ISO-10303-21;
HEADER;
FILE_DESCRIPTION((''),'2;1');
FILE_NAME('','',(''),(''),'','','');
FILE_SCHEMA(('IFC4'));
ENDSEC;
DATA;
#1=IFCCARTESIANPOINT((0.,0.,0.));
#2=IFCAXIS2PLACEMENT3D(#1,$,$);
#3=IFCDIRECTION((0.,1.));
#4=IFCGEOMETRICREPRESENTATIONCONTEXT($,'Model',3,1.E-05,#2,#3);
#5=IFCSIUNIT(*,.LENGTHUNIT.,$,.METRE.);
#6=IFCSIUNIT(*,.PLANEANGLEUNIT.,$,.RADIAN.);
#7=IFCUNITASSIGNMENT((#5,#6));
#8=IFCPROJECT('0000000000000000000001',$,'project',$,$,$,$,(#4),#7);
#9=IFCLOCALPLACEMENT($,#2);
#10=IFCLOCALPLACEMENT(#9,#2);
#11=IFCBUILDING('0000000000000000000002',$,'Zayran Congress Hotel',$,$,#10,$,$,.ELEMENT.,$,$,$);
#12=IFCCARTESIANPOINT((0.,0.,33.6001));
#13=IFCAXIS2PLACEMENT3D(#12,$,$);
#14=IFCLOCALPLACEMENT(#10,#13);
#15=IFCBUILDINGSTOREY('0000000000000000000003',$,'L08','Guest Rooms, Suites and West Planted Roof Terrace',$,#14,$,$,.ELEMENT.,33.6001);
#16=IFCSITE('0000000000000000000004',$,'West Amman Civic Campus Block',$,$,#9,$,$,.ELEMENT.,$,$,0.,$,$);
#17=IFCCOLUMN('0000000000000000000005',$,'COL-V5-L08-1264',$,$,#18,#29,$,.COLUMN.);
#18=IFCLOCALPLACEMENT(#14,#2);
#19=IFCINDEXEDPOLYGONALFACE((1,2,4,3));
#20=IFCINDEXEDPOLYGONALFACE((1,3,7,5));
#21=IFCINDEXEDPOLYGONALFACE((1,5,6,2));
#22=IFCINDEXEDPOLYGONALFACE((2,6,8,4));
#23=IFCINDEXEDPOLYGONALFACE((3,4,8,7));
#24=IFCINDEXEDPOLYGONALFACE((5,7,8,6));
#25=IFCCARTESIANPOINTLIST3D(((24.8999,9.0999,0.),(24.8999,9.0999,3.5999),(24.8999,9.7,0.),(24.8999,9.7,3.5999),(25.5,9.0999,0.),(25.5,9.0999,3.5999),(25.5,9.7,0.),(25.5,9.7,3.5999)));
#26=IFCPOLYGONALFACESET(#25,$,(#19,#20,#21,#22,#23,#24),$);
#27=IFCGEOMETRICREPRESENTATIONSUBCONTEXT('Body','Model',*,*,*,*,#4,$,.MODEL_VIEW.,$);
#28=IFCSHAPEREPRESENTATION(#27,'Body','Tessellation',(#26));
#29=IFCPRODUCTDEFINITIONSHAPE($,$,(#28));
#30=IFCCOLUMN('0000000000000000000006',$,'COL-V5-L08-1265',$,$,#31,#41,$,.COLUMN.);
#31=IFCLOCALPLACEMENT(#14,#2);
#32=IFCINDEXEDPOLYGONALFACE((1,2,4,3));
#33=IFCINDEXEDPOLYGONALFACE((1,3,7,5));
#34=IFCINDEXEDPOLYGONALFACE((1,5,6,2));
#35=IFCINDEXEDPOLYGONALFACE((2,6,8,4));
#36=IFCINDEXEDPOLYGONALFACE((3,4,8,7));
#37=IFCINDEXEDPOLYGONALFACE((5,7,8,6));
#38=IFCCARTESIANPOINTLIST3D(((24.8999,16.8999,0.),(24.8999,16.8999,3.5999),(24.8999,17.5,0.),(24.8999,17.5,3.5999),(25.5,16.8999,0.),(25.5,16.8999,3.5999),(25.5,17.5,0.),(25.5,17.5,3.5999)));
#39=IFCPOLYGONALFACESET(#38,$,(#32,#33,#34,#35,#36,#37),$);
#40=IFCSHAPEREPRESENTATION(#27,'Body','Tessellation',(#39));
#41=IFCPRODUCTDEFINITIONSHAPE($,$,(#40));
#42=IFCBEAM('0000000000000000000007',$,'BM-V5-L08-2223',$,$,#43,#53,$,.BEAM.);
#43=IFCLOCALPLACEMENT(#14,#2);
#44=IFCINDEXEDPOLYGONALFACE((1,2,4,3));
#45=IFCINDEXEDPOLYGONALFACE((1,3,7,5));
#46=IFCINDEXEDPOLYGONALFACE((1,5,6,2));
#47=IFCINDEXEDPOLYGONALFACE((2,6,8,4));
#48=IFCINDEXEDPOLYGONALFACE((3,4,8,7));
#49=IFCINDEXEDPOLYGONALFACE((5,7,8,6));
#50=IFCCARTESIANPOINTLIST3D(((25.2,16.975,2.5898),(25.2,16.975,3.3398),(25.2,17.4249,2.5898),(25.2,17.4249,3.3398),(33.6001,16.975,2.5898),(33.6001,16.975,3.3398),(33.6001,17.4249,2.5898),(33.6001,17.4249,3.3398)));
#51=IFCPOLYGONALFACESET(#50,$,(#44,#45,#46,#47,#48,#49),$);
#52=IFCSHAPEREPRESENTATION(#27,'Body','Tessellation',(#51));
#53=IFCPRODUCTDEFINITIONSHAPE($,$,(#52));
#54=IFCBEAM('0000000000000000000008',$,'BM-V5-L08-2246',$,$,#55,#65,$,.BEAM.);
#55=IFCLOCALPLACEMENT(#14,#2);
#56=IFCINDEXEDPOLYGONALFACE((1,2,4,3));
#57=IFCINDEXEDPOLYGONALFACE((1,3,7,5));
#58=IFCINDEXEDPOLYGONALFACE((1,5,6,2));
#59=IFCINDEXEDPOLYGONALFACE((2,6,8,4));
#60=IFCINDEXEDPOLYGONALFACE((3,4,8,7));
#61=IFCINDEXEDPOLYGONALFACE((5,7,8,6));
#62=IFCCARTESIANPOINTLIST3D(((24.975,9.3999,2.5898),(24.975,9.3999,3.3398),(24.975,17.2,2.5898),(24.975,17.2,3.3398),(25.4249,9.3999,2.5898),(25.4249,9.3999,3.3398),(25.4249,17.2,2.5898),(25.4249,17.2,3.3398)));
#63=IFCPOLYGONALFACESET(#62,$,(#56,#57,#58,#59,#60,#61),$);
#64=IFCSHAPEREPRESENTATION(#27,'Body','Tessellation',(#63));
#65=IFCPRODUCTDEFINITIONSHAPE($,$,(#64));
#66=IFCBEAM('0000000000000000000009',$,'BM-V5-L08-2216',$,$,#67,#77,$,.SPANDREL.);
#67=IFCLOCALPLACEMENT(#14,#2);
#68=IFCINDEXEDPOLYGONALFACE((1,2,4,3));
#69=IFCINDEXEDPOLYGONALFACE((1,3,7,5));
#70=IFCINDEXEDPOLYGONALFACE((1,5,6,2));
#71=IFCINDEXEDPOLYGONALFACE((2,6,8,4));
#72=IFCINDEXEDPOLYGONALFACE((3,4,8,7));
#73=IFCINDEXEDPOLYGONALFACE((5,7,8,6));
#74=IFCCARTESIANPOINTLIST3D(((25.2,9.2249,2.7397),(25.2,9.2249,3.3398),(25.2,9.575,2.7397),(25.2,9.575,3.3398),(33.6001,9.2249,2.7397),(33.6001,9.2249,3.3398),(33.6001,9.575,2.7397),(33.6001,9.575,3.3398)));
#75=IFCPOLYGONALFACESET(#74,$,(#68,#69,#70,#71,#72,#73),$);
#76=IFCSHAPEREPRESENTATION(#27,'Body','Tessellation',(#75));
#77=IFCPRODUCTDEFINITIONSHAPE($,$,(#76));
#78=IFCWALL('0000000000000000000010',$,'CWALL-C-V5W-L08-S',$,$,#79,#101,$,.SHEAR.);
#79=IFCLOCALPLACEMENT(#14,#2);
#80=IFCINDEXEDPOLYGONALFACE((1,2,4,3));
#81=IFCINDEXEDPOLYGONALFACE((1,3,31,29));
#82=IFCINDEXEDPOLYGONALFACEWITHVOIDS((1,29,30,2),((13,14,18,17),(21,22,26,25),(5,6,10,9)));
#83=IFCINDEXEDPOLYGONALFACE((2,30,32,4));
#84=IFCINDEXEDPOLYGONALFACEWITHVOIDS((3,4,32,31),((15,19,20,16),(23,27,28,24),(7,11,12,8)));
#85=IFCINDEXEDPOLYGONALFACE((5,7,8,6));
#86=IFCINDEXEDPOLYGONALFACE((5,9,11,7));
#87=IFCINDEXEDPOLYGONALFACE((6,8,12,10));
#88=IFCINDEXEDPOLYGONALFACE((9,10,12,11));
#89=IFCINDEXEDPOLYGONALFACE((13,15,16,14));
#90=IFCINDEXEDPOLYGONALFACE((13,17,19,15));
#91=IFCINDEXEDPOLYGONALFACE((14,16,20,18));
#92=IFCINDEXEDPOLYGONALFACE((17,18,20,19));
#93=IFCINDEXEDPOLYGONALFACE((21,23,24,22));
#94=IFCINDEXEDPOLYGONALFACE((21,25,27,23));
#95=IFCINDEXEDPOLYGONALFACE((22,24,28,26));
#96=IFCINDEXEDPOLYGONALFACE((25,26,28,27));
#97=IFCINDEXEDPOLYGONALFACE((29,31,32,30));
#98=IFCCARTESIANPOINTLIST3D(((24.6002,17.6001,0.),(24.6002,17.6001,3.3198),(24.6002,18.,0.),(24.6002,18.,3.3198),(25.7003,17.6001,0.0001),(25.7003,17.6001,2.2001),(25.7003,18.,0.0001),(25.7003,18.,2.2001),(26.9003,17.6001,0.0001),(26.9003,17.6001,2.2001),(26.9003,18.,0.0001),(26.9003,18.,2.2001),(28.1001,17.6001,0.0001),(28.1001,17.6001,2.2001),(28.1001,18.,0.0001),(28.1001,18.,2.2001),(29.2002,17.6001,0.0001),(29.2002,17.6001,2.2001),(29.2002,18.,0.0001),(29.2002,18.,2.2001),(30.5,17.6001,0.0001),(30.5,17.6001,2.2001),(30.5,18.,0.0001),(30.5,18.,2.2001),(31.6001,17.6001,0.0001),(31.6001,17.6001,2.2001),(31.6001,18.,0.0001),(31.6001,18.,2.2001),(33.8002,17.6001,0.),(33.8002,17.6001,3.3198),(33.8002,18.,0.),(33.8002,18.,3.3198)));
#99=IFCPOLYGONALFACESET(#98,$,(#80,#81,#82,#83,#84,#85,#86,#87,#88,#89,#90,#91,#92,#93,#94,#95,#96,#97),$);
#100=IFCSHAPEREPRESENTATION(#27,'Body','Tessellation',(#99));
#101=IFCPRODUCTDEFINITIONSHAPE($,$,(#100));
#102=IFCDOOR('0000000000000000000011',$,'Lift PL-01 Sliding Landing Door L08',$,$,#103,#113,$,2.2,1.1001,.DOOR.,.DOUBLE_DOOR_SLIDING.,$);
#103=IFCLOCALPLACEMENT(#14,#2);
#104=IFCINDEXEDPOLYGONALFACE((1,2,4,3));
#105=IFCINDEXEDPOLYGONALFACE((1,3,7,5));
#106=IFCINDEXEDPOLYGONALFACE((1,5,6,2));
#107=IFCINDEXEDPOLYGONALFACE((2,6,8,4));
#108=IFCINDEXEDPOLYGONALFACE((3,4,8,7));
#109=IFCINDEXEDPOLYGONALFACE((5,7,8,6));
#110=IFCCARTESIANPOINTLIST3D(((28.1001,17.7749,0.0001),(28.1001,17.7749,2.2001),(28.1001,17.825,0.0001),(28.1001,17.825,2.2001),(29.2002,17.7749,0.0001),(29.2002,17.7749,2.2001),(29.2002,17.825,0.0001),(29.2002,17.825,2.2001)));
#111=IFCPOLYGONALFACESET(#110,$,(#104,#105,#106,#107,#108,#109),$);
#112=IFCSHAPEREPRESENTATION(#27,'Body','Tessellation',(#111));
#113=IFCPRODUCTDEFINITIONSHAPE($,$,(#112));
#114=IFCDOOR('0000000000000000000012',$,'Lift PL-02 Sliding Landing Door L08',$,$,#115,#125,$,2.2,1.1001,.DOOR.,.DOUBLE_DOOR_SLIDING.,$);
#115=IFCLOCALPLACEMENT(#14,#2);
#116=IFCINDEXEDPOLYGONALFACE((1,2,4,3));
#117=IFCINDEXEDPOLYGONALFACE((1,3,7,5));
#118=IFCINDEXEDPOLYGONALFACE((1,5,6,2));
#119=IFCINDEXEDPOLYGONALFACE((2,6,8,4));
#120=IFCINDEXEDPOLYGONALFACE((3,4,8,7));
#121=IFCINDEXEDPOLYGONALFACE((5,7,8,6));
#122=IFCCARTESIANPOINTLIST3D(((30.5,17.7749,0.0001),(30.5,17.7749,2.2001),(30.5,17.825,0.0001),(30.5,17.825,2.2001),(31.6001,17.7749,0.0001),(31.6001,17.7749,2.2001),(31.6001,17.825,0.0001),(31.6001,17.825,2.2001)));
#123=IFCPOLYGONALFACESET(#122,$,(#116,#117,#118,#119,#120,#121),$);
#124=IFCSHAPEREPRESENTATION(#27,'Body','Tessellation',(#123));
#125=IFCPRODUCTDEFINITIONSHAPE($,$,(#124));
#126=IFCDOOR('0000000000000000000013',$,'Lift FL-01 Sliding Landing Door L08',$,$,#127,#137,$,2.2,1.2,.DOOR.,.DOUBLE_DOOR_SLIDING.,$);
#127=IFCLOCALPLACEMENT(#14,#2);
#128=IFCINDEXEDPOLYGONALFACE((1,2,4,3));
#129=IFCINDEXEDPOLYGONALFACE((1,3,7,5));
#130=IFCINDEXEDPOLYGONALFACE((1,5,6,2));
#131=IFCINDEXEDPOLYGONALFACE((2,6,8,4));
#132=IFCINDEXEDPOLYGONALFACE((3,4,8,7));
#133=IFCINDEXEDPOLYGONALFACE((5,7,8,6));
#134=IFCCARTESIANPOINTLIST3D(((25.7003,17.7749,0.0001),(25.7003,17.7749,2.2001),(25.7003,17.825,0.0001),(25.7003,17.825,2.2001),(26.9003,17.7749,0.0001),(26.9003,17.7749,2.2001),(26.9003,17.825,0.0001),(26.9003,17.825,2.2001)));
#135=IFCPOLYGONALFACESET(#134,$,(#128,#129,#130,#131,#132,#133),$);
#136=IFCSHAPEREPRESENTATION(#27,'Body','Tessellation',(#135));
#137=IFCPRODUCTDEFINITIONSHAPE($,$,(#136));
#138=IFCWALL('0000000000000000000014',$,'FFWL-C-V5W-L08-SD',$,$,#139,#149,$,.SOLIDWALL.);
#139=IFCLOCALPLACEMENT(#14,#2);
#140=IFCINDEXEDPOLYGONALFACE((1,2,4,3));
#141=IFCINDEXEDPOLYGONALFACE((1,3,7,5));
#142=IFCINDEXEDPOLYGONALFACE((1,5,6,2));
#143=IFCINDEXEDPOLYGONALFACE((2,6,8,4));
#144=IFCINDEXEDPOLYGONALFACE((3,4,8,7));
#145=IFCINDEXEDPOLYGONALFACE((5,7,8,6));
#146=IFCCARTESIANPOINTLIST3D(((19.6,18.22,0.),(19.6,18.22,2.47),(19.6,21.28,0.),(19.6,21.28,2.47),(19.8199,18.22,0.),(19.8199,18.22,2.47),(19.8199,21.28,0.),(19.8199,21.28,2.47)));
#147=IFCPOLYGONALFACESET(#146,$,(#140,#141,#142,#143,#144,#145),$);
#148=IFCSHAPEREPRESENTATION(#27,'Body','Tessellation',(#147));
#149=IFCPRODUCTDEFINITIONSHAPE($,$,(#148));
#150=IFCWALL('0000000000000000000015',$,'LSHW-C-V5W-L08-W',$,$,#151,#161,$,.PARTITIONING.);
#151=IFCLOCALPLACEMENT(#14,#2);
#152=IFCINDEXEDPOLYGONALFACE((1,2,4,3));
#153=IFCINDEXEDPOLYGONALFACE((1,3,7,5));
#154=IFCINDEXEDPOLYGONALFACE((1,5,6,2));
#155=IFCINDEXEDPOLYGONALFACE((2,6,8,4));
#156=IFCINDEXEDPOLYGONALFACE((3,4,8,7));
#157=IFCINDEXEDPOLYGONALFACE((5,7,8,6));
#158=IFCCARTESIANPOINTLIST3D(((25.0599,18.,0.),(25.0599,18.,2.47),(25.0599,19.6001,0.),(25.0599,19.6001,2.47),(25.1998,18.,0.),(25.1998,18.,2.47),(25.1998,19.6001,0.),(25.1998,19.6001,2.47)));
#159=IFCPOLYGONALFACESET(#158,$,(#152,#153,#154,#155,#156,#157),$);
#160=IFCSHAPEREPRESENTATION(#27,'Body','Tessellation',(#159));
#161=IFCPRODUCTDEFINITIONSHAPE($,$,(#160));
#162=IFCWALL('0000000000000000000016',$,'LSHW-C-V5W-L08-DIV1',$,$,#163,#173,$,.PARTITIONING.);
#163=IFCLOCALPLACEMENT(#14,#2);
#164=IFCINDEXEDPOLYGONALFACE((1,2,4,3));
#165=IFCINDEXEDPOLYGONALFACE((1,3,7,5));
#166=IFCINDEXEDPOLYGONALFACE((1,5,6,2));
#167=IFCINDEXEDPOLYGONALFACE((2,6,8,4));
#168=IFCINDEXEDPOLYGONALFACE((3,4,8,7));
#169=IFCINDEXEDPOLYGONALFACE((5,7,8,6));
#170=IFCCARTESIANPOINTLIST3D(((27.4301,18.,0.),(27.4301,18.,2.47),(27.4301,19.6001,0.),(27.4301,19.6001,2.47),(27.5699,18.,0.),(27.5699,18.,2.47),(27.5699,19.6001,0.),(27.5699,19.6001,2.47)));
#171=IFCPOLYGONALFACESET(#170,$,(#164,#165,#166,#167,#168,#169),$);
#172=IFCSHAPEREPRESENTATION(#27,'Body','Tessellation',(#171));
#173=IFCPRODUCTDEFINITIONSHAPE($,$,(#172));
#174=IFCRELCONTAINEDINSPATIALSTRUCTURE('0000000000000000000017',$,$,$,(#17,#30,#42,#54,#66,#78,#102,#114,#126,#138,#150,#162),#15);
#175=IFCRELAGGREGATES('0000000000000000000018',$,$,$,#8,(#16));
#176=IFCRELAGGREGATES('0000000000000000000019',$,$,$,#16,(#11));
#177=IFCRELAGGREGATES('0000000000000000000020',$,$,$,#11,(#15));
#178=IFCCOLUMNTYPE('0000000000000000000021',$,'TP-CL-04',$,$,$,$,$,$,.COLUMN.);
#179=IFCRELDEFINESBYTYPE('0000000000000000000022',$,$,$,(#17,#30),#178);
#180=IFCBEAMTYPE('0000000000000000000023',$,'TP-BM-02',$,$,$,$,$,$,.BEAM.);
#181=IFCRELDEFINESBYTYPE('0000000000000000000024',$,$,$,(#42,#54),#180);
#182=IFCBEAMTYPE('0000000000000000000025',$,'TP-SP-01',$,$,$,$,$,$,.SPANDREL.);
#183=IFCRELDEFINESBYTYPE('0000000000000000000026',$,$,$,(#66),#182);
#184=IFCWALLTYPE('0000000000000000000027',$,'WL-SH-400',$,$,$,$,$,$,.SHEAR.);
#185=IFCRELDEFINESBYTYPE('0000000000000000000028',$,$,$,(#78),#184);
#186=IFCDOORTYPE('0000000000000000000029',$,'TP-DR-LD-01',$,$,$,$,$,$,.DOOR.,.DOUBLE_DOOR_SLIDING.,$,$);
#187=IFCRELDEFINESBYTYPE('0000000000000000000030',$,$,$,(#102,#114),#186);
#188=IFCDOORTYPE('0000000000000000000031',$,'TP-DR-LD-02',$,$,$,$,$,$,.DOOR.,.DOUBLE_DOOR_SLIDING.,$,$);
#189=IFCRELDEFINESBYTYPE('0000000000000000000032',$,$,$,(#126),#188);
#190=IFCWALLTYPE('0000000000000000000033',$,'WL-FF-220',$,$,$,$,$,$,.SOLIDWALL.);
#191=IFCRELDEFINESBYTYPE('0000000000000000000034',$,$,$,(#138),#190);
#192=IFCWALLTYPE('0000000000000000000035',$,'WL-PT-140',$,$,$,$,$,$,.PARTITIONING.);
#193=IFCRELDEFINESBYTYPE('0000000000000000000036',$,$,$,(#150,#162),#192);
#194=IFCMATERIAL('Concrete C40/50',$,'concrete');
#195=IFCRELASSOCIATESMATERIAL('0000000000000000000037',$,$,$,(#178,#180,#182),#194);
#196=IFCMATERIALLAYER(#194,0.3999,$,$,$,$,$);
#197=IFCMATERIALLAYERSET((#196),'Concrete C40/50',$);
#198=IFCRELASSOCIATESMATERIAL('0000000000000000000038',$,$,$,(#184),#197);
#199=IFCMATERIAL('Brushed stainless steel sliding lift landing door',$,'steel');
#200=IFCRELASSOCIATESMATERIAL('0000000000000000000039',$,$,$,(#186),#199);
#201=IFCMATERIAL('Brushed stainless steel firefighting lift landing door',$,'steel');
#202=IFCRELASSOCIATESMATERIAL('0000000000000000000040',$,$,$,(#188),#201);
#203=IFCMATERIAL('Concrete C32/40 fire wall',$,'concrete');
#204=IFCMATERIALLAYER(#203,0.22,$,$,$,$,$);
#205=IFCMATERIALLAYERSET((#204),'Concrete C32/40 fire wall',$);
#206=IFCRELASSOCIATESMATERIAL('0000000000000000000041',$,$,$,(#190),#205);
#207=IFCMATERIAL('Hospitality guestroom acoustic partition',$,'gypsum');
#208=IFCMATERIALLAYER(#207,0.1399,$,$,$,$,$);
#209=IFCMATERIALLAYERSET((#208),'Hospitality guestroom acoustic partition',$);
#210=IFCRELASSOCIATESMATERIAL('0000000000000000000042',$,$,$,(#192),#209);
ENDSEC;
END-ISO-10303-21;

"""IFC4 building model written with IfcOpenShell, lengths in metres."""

from ifc_helpers import new_model, si_unit, direction, frame, frame_2d, origin, origin_2d, place, context, subcontext, project, spatial, rectangle, extrude, material, layer, layer_set, material_profile, profile_set, type_object, element, fill, save


model = new_model("IFC4")

# Units and contexts
model_context = context("Model", 3, precision=1e-05, world=origin(), true_north=direction((0.0, 1.0)))
body_context = subcontext(model_context, "Body", "Model", "MODEL_VIEW")
ifc_project = project(units=[si_unit("LENGTHUNIT", "METRE"), si_unit("PLANEANGLEUNIT", "RADIAN")], contexts=[model_context])

# Site, building, storey
site_placement = place(None, origin())
site = spatial("IfcSite", under=ifc_project, at=site_placement, Name="West Amman Civic Campus Block", CompositionType="ELEMENT", RefElevation=0.0)
building_placement = place(site_placement, origin())
building = spatial("IfcBuilding", under=site, at=building_placement, Name="Zayran Congress Hotel", CompositionType="ELEMENT")
storey_placement = place(building_placement, frame((0.0, 0.0, 33.6001)))
storey = spatial("IfcBuildingStorey", under=building, at=storey_placement, Name="L08", Description="Guest Rooms, Suites and West Planted Roof Terrace", CompositionType="ELEMENT", Elevation=33.6001)

# Columns
ifc_material_1 = material(Name="Concrete C40/50", Category="concrete")
ifc_material_profile_1 = material_profile(ifc_material_1, rectangle(XDim=0.6001, YDim=0.6001, at=origin_2d()), Name="RC 600x600")
ifc_profile_set_1 = profile_set([ifc_material_profile_1], Name="Concrete C40/50")
column_type = type_object("IfcColumnType", Name="TP-CL-04", PredefinedType="COLUMN", material=ifc_profile_set_1)
for number, where, z_axis, x_axis, name in (
    (1, (25.2, 9.3999, 0.0), (0.0, 0.0, 1.0), (1.0, 0.0, 0.0), "COL-V5-L08-1264"),
    (2, (25.2, 17.2, 0.0), (0.0, 0.0, 1.0), (1.0, 0.0, 0.0), "COL-V5-L08-1265"),
):
    element("IfcColumn", number, at=place(storey_placement, frame(where, z_axis=z_axis, x_axis=x_axis)), inside=storey, type_object=column_type, Name=name, PredefinedType="COLUMN", context=body_context, shape_type="SweptSolid", body=[
        extrude(rectangle(XDim=0.6001, YDim=0.6001, at=origin_2d()), origin(), (0.0, 0.0, 1.0), 3.5999),
    ])

# Beams
ifc_material_profile_2 = material_profile(ifc_material_1, rectangle(XDim=0.45, YDim=0.75, at=origin_2d()), Name="RC 450x750")
ifc_profile_set_2 = profile_set([ifc_material_profile_2], Name="Concrete C40/50")
beam_type_1 = type_object("IfcBeamType", Name="TP-BM-02", PredefinedType="BEAM", material=ifc_profile_set_2)
beam_1_placement = place(storey_placement, frame((25.2, 17.2, 2.9648), z_axis=(1.0, 0.0, 0.0), x_axis=(0.0, 1.0, 0.0)))
element("IfcBeam", 3, at=beam_1_placement, inside=storey, type_object=beam_type_1, Name="BM-V5-L08-2223", PredefinedType="BEAM", context=body_context, shape_type="SweptSolid", body=[
    extrude(rectangle(XDim=0.45, YDim=0.75, at=origin_2d()), origin(), (0.0, 0.0, 1.0), 8.4001),
])
beam_2_placement = place(storey_placement, frame((25.2, 9.3999, 2.9648), z_axis=(0.0, 1.0, 0.0), x_axis=(-1.0, 0.0, 0.0)))
element("IfcBeam", 4, at=beam_2_placement, inside=storey, type_object=beam_type_1, Name="BM-V5-L08-2246", PredefinedType="BEAM", context=body_context, shape_type="SweptSolid", body=[
    extrude(rectangle(XDim=0.45, YDim=0.75, at=origin_2d()), origin(), (0.0, 0.0, 1.0), 7.8),
])
ifc_material_profile_3 = material_profile(ifc_material_1, rectangle(XDim=0.3501, YDim=0.6001, at=origin_2d()), Name="RC 350x600")
ifc_profile_set_3 = profile_set([ifc_material_profile_3], Name="Concrete C40/50")
beam_type_2 = type_object("IfcBeamType", Name="TP-SP-01", PredefinedType="SPANDREL", material=ifc_profile_set_3)
beam_3_placement = place(storey_placement, frame((25.2, 9.3999, 3.0398), z_axis=(1.0, 0.0, 0.0), x_axis=(0.0, 1.0, 0.0)))
element("IfcBeam", 5, at=beam_3_placement, inside=storey, type_object=beam_type_2, Name="BM-V5-L08-2216", PredefinedType="SPANDREL", context=body_context, shape_type="SweptSolid", body=[
    extrude(rectangle(XDim=0.3501, YDim=0.6001, at=origin_2d()), origin(), (0.0, 0.0, 1.0), 8.4001),
])

# Wall, openings, doors
ifc_layer_1 = layer(ifc_material_1, 0.3999)
ifc_layer_set_1 = layer_set([ifc_layer_1], Name="Concrete C40/50")
wall_type_1 = type_object("IfcWallType", Name="WL-SH-400", PredefinedType="SHEAR", material=ifc_layer_set_1)
wall_1_placement = place(storey_placement, frame((24.6001, 17.8, 0.0), z_axis=(0.0, 0.0, 1.0), x_axis=(1.0, 0.0, 0.0)))
wall_1 = element("IfcWall", 6, at=wall_1_placement, inside=storey, type_object=wall_type_1, Name="CWALL-C-V5W-L08-S", PredefinedType="SHEAR", context=body_context, shape_type="SweptSolid", body=[
    extrude(rectangle(XDim=9.2, YDim=0.3999, at=frame_2d((4.6001, 0.0))), origin(), (0.0, 0.0, 1.0), 3.3198),
])
opening_1_placement = place(wall_1_placement, frame((1.1001, 0.0, 0.0)))
opening_1 = element("IfcOpeningElement", 7, at=opening_1_placement, cuts=wall_1, PredefinedType="OPENING", context=body_context, shape_type="SweptSolid", body=[
    extrude(rectangle(XDim=1.2, YDim=2.2, at=frame_2d((0.6001, 1.1001))), frame((0.0, 0.21, 0.0), z_axis=(0.0, -1.0, 0.0), x_axis=(1.0, 0.0, 0.0)), (0.0, 0.0, 1.0), 0.4199),
])
opening_2_placement = place(wall_1_placement, frame((3.5, 0.0, 0.0)))
opening_2 = element("IfcOpeningElement", 8, at=opening_2_placement, cuts=wall_1, PredefinedType="OPENING", context=body_context, shape_type="SweptSolid", body=[
    extrude(rectangle(XDim=1.1001, YDim=2.2, at=frame_2d((0.55, 1.1001))), frame((0.0, 0.21, 0.0), z_axis=(0.0, -1.0, 0.0), x_axis=(1.0, 0.0, 0.0)), (0.0, 0.0, 1.0), 0.4199),
])
opening_3_placement = place(wall_1_placement, frame((5.8999, 0.0, 0.0)))
opening_3 = element("IfcOpeningElement", 9, at=opening_3_placement, cuts=wall_1, PredefinedType="OPENING", context=body_context, shape_type="SweptSolid", body=[
    extrude(rectangle(XDim=1.1001, YDim=2.2, at=frame_2d((0.55, 1.1001))), frame((0.0, 0.21, 0.0), z_axis=(0.0, -1.0, 0.0), x_axis=(1.0, 0.0, 0.0)), (0.0, 0.0, 1.0), 0.4199),
])
ifc_material_2 = material(Name="Brushed stainless steel sliding lift landing door", Category="steel")
door_type_1 = type_object("IfcDoorType", Name="TP-DR-LD-01", OperationType="DOUBLE_DOOR_SLIDING", PredefinedType="DOOR", material=ifc_material_2)
door_1_placement = place(opening_2_placement, origin())
door_1 = element("IfcDoor", 10, at=door_1_placement, inside=storey, type_object=door_type_1, Name="Lift PL-01 Sliding Landing Door L08", OperationType="DOUBLE_DOOR_SLIDING", OverallHeight=2.2, OverallWidth=1.1001, PredefinedType="DOOR", context=body_context, shape_type="SweptSolid", body=[
    extrude(rectangle(XDim=1.1001, YDim=2.2, at=frame_2d((0.55, 1.1001))), frame((0.0, 0.0249, 0.0), z_axis=(0.0, -1.0, 0.0), x_axis=(1.0, 0.0, 0.0)), (0.0, 0.0, 1.0), 0.05),
])
fill(opening_2, door_1)
door_2_placement = place(opening_3_placement, origin())
door_2 = element("IfcDoor", 11, at=door_2_placement, inside=storey, type_object=door_type_1, Name="Lift PL-02 Sliding Landing Door L08", OperationType="DOUBLE_DOOR_SLIDING", OverallHeight=2.2, OverallWidth=1.1001, PredefinedType="DOOR", context=body_context, shape_type="SweptSolid", body=[
    extrude(rectangle(XDim=1.1001, YDim=2.2, at=frame_2d((0.55, 1.1001))), frame((0.0, 0.0249, 0.0), z_axis=(0.0, -1.0, 0.0), x_axis=(1.0, 0.0, 0.0)), (0.0, 0.0, 1.0), 0.05),
])
fill(opening_3, door_2)
ifc_material_3 = material(Name="Brushed stainless steel firefighting lift landing door", Category="steel")
door_type_2 = type_object("IfcDoorType", Name="TP-DR-LD-02", OperationType="DOUBLE_DOOR_SLIDING", PredefinedType="DOOR", material=ifc_material_3)
door_3_placement = place(opening_1_placement, origin())
door_3 = element("IfcDoor", 12, at=door_3_placement, inside=storey, type_object=door_type_2, Name="Lift FL-01 Sliding Landing Door L08", OperationType="DOUBLE_DOOR_SLIDING", OverallHeight=2.2, OverallWidth=1.2, PredefinedType="DOOR", context=body_context, shape_type="SweptSolid", body=[
    extrude(rectangle(XDim=1.2, YDim=2.2, at=frame_2d((0.6001, 1.1001))), frame((0.0, 0.0249, 0.0), z_axis=(0.0, -1.0, 0.0), x_axis=(1.0, 0.0, 0.0)), (0.0, 0.0, 1.0), 0.05),
])
fill(opening_1, door_3)

# Walls
ifc_material_4 = material(Name="Concrete C32/40 fire wall", Category="concrete")
ifc_layer_2 = layer(ifc_material_4, 0.22)
ifc_layer_set_2 = layer_set([ifc_layer_2], Name="Concrete C32/40 fire wall")
wall_type_2 = type_object("IfcWallType", Name="WL-FF-220", PredefinedType="SOLIDWALL", material=ifc_layer_set_2)
wall_2_placement = place(storey_placement, frame((19.71, 18.22, 0.0), z_axis=(0.0, 0.0, 1.0), x_axis=(0.0, 1.0, 0.0)))
element("IfcWall", 13, at=wall_2_placement, inside=storey, type_object=wall_type_2, Name="FFWL-C-V5W-L08-SD", PredefinedType="SOLIDWALL", context=body_context, shape_type="SweptSolid", body=[
    extrude(rectangle(XDim=3.0601, YDim=0.22, at=frame_2d((1.53, 0.0))), origin(), (0.0, 0.0, 1.0), 2.47),
])
ifc_material_5 = material(Name="Hospitality guestroom acoustic partition", Category="gypsum")
ifc_layer_3 = layer(ifc_material_5, 0.1399)
ifc_layer_set_3 = layer_set([ifc_layer_3], Name="Hospitality guestroom acoustic partition")
wall_type_3 = type_object("IfcWallType", Name="WL-PT-140", PredefinedType="PARTITIONING", material=ifc_layer_set_3)
for number, where, z_axis, x_axis, name in (
    (14, (25.1299, 18.0, 0.0), (0.0, 0.0, 1.0), (0.0, 1.0, 0.0), "LSHW-C-V5W-L08-W"),
    (15, (27.5, 18.0, 0.0), (0.0, 0.0, 1.0), (0.0, 1.0, 0.0), "LSHW-C-V5W-L08-DIV1"),
):
    element("IfcWall", number, at=place(storey_placement, frame(where, z_axis=z_axis, x_axis=x_axis)), inside=storey, type_object=wall_type_3, Name=name, PredefinedType="PARTITIONING", context=body_context, shape_type="SweptSolid", body=[
        extrude(rectangle(XDim=1.6001, YDim=0.1399, at=frame_2d((0.8, 0.0))), origin(), (0.0, 0.0, 1.0), 2.47),
    ])

save(model, "model.ifc")
